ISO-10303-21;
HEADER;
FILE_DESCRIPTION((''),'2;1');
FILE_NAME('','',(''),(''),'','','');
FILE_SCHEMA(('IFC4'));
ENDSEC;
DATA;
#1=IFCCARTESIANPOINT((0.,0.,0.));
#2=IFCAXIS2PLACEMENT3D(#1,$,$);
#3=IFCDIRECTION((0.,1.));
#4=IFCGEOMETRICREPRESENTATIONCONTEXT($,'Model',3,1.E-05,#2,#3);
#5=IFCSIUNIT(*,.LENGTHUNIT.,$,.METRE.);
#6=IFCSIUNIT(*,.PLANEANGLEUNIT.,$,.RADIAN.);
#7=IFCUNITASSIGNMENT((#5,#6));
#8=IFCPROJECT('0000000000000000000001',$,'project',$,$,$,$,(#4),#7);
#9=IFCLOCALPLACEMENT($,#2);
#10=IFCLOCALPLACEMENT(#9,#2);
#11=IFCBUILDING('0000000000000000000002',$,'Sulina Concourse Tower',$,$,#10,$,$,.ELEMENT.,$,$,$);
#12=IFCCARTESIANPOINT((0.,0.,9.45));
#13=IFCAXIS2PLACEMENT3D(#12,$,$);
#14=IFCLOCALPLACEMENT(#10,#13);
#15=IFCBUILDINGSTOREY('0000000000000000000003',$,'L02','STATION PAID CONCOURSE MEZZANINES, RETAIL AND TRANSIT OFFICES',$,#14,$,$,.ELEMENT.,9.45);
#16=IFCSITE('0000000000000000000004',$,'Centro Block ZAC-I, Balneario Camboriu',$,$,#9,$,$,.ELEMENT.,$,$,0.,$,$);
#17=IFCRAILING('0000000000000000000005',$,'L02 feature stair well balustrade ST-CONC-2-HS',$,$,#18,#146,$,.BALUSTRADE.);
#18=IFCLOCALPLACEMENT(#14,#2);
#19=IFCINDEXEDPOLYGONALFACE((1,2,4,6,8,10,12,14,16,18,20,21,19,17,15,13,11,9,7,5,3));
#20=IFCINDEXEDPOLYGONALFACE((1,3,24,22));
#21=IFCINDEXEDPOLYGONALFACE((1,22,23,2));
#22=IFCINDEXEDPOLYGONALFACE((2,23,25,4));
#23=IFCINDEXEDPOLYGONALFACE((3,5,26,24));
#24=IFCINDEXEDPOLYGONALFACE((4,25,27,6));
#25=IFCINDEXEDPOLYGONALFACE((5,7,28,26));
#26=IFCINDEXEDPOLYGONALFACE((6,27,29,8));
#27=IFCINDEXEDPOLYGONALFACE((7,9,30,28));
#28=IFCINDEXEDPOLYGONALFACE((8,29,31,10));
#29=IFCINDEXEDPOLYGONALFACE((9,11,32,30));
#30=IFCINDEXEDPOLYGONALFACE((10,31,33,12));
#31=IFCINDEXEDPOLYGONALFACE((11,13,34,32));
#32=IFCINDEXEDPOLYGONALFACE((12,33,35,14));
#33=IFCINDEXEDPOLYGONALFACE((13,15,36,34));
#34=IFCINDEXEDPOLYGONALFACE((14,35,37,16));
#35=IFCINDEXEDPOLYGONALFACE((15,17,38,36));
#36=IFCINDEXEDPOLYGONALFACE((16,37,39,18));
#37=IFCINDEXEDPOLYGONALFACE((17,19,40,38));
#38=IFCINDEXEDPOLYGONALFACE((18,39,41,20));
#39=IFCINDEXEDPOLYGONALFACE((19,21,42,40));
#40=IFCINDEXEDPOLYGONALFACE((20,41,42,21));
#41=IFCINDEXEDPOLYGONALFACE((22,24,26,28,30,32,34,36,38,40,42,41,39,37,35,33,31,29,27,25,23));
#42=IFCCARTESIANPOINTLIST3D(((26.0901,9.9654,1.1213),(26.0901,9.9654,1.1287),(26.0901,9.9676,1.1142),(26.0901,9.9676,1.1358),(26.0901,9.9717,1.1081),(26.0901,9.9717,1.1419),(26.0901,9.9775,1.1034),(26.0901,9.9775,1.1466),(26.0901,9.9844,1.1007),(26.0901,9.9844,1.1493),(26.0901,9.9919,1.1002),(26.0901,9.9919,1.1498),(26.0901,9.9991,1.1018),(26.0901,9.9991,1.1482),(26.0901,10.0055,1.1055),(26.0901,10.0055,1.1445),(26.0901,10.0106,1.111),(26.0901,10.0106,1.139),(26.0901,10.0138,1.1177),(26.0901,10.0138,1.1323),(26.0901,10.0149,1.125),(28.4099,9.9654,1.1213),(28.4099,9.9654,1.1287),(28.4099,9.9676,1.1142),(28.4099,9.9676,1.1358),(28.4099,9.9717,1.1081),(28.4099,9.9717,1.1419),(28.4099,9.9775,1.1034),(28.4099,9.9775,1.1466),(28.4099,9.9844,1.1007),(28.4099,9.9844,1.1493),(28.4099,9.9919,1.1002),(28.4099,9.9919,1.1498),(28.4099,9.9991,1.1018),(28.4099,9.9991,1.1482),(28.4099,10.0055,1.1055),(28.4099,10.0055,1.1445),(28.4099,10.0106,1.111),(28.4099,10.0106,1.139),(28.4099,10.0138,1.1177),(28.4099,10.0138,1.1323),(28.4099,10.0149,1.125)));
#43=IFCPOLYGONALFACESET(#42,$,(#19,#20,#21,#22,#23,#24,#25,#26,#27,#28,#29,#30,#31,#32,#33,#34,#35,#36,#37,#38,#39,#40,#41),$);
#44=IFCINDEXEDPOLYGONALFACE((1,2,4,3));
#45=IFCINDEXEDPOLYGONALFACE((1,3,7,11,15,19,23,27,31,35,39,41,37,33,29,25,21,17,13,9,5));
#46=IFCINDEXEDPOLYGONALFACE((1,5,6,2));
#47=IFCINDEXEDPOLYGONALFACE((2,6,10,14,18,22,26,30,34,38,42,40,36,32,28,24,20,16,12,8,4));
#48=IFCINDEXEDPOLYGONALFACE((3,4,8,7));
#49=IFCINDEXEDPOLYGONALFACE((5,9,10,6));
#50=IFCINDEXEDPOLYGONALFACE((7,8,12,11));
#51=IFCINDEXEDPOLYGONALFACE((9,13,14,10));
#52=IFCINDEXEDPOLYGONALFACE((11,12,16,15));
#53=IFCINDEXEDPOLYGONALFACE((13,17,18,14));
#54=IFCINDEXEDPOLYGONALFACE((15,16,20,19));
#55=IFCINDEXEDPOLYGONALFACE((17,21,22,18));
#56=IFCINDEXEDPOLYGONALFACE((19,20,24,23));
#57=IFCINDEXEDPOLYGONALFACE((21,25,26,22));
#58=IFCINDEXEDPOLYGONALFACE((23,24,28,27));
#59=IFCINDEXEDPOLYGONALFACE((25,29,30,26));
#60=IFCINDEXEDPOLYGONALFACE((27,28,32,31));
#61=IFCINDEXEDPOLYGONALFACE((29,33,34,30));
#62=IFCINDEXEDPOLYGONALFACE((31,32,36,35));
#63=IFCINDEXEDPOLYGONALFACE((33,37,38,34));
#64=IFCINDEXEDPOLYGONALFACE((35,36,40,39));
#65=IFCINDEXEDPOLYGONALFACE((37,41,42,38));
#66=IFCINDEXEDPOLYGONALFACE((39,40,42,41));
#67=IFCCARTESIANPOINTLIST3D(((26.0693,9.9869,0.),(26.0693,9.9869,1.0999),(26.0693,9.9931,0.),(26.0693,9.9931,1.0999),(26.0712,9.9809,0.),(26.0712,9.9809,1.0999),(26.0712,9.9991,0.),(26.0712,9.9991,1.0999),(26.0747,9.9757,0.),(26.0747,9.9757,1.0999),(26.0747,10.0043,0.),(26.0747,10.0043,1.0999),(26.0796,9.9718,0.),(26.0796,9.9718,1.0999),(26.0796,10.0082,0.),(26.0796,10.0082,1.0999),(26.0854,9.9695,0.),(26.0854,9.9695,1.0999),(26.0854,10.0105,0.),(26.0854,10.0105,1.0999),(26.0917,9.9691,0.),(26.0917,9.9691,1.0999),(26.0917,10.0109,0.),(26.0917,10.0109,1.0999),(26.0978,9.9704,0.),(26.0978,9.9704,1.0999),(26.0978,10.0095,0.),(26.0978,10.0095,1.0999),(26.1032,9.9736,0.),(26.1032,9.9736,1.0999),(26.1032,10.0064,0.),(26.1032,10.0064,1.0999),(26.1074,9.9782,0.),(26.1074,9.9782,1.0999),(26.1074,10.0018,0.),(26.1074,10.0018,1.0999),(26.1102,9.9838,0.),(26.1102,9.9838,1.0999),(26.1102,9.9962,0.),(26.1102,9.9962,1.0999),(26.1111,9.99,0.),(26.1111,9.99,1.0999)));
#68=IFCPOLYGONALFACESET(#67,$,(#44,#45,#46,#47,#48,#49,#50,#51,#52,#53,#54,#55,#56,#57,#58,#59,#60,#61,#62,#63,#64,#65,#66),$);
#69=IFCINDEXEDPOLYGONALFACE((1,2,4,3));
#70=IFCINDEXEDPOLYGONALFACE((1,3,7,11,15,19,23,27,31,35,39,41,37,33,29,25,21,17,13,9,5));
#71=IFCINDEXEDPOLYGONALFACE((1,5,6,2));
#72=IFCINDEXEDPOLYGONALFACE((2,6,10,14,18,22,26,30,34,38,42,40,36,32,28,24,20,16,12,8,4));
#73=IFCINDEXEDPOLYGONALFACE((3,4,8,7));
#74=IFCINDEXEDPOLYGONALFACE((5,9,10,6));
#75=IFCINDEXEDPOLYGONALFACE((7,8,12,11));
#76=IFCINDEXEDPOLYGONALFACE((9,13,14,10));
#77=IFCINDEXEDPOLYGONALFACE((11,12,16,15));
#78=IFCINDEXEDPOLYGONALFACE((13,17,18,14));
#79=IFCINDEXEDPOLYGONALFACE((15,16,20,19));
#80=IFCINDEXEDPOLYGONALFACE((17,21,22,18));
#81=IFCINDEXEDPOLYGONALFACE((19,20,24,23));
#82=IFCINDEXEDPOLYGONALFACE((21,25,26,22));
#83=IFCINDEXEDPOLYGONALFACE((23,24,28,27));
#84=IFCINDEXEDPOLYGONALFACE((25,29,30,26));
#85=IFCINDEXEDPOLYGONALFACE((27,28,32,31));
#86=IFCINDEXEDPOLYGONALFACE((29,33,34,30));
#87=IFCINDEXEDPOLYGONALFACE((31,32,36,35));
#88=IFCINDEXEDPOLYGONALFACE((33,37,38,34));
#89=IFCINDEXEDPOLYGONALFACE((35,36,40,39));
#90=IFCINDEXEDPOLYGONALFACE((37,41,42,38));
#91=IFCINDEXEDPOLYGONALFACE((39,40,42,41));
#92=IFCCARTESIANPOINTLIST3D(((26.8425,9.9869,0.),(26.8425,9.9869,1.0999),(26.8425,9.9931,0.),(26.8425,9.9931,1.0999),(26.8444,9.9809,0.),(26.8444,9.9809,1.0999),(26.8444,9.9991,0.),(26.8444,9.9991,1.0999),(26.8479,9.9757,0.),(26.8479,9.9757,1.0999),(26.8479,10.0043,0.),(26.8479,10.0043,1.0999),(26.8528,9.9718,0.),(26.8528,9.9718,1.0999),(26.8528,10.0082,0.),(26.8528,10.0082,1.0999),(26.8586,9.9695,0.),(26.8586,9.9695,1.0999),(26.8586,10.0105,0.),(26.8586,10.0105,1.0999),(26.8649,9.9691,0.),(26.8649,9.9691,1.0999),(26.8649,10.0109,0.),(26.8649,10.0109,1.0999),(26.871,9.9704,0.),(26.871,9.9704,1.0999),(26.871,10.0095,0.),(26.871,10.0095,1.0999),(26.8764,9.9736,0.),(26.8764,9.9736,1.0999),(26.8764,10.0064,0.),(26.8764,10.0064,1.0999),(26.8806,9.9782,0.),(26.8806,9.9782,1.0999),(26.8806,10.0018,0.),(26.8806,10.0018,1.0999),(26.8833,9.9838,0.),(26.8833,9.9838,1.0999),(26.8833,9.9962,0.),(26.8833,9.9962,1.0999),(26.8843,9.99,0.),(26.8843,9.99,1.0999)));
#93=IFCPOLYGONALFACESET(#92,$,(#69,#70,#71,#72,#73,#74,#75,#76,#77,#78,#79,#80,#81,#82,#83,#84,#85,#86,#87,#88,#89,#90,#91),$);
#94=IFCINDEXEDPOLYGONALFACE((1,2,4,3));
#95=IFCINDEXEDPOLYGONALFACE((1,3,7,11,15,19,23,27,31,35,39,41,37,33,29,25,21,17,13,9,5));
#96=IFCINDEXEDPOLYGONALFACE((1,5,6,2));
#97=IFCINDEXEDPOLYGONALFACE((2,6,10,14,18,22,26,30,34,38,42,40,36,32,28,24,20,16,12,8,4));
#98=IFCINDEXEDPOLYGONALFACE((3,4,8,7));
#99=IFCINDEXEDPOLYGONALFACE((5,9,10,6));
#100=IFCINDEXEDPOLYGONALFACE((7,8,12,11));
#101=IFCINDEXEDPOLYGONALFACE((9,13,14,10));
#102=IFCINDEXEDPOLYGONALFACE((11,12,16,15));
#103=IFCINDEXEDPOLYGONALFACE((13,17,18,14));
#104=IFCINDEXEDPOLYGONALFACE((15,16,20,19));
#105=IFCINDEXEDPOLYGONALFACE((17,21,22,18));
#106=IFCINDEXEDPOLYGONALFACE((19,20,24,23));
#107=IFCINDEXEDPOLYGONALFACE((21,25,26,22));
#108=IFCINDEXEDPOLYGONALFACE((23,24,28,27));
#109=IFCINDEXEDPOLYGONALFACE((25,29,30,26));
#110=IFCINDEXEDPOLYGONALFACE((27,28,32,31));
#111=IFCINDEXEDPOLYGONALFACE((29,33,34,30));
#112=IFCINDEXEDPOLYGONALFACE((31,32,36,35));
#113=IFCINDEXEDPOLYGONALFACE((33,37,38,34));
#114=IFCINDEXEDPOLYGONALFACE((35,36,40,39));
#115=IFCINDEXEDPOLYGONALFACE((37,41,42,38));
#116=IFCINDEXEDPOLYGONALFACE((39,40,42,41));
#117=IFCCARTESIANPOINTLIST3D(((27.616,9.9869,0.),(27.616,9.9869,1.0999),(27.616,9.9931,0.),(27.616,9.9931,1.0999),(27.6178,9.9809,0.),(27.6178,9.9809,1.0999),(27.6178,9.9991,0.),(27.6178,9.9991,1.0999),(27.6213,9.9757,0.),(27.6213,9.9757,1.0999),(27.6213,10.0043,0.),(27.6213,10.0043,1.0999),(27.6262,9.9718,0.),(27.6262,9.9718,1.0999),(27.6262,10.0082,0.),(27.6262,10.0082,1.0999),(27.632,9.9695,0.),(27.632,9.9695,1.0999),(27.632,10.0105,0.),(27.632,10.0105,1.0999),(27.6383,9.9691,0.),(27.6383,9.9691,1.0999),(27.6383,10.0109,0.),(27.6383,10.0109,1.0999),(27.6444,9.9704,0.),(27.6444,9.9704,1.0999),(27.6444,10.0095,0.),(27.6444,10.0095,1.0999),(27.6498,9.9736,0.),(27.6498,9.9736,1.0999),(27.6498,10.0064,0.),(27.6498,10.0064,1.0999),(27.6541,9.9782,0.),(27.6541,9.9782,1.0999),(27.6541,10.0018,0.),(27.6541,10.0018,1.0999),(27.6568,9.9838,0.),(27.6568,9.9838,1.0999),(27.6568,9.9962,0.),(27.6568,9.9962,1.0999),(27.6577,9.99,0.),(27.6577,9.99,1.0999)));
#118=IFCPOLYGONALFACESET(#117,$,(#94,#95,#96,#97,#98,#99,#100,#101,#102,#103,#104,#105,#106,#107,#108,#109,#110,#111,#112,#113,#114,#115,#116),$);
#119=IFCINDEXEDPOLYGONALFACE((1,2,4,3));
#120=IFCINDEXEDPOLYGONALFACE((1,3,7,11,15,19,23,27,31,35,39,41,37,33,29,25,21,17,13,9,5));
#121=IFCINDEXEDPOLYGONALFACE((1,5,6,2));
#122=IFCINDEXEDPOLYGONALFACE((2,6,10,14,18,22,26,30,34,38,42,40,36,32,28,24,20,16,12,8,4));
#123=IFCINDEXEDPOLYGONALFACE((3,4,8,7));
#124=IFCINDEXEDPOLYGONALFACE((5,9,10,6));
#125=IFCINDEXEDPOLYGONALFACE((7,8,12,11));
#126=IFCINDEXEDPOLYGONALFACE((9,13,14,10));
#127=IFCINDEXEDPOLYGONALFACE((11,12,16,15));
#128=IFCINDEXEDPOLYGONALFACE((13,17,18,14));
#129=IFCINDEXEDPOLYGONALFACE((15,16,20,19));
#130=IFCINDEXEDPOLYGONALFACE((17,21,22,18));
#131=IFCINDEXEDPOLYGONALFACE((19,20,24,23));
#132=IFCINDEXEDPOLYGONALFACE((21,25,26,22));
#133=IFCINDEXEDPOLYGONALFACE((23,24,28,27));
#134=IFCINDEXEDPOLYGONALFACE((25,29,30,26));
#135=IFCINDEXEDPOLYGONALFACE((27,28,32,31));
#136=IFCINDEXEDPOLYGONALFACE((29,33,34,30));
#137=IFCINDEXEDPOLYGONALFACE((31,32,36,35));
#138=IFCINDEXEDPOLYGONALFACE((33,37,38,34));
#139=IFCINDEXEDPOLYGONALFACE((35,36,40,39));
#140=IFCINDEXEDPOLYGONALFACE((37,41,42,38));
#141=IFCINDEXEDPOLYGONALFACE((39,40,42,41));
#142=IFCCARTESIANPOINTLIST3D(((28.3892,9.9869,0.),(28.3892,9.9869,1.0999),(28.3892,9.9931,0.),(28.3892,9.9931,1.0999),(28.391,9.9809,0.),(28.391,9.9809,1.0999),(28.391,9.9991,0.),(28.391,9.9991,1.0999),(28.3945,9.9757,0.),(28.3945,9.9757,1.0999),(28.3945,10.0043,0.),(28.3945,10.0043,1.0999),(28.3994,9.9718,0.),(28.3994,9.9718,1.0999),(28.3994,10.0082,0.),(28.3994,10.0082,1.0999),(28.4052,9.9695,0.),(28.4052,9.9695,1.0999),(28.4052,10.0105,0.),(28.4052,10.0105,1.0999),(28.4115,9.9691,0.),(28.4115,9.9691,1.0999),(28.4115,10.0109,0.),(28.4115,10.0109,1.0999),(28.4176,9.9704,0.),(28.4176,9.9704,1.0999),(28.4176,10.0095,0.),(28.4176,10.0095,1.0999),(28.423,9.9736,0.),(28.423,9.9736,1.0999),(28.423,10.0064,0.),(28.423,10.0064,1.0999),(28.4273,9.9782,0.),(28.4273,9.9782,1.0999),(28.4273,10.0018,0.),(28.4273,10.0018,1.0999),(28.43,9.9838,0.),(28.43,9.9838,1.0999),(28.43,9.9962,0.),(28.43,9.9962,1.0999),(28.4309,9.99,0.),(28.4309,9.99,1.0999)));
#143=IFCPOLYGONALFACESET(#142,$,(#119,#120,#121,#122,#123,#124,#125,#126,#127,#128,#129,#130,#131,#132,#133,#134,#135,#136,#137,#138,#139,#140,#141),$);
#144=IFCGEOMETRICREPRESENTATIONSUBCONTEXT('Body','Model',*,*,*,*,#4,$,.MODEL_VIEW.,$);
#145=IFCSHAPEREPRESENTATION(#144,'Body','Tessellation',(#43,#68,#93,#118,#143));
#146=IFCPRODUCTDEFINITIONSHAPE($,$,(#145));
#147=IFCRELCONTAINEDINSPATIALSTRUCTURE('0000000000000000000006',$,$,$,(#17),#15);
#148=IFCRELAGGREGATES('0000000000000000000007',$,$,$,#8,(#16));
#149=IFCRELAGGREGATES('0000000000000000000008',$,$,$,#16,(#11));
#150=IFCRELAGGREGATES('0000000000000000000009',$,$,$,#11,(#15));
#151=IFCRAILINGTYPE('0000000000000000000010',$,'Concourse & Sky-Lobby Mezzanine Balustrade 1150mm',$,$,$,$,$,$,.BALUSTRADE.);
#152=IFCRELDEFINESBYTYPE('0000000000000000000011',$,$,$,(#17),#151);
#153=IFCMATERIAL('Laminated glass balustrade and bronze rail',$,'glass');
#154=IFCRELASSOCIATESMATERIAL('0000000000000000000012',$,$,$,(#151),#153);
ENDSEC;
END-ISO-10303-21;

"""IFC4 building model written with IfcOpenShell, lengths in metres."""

from ifc_helpers import new_model, si_unit, direction, frame, origin, origin_2d, place, context, subcontext, project, spatial, circle, extrude, material, type_object, element, save


model = new_model("IFC4")

# Units and contexts
model_context = context("Model", 3, precision=1e-05, world=origin(), true_north=direction((0.0, 1.0)))
body_context = subcontext(model_context, "Body", "Model", "MODEL_VIEW")
ifc_project = project(units=[si_unit("LENGTHUNIT", "METRE"), si_unit("PLANEANGLEUNIT", "RADIAN")], contexts=[model_context])

# Site, building, storey
site_placement = place(None, origin())
site = spatial("IfcSite", under=ifc_project, at=site_placement, Name="Centro Block ZAC-I, Balneario Camboriu", CompositionType="ELEMENT", RefElevation=0.0)
building_placement = place(site_placement, origin())
building = spatial("IfcBuilding", under=site, at=building_placement, Name="Sulina Concourse Tower", CompositionType="ELEMENT")
storey_placement = place(building_placement, frame((0.0, 0.0, 9.45)))
storey = spatial("IfcBuildingStorey", under=building, at=storey_placement, Name="L02", Description="STATION PAID CONCOURSE MEZZANINES, RETAIL AND TRANSIT OFFICES", CompositionType="ELEMENT", Elevation=9.45)

# Railing
ifc_material_1 = material(Name="Laminated glass balustrade and bronze rail", Category="glass")
railing_type = type_object("IfcRailingType", Name="Concourse & Sky-Lobby Mezzanine Balustrade 1150mm", PredefinedType="BALUSTRADE", material=ifc_material_1)
railing_1_placement = place(storey_placement, frame((26.0901, 9.99, 0.0)))
element("IfcRailing", 1, at=railing_1_placement, inside=storey, type_object=railing_type, Name="L02 feature stair well balustrade ST-CONC-2-HS", PredefinedType="BALUSTRADE", context=body_context, shape_type="SweptSolid", body=[
    extrude(circle(Radius=0.0249, at=origin_2d()), frame((0.0, 0.0, 1.125), z_axis=(1.0, 0.0, 0.0), x_axis=(0.0, 1.0, 0.0)), (0.0, 0.0, 1.0), 2.3198),
    extrude(circle(Radius=0.021, at=origin_2d()), origin(), (0.0, 0.0, 1.0), 1.0999),
    extrude(circle(Radius=0.021, at=origin_2d()), frame((0.7732, 0.0, 0.0)), (0.0, 0.0, 1.0), 1.0999),
    extrude(circle(Radius=0.021, at=origin_2d()), frame((1.5466, 0.0, 0.0)), (0.0, 0.0, 1.0), 1.0999),
    extrude(circle(Radius=0.021, at=origin_2d()), frame((2.3198, 0.0, 0.0)), (0.0, 0.0, 1.0), 1.0999),
])

save(model, "model.ifc")
